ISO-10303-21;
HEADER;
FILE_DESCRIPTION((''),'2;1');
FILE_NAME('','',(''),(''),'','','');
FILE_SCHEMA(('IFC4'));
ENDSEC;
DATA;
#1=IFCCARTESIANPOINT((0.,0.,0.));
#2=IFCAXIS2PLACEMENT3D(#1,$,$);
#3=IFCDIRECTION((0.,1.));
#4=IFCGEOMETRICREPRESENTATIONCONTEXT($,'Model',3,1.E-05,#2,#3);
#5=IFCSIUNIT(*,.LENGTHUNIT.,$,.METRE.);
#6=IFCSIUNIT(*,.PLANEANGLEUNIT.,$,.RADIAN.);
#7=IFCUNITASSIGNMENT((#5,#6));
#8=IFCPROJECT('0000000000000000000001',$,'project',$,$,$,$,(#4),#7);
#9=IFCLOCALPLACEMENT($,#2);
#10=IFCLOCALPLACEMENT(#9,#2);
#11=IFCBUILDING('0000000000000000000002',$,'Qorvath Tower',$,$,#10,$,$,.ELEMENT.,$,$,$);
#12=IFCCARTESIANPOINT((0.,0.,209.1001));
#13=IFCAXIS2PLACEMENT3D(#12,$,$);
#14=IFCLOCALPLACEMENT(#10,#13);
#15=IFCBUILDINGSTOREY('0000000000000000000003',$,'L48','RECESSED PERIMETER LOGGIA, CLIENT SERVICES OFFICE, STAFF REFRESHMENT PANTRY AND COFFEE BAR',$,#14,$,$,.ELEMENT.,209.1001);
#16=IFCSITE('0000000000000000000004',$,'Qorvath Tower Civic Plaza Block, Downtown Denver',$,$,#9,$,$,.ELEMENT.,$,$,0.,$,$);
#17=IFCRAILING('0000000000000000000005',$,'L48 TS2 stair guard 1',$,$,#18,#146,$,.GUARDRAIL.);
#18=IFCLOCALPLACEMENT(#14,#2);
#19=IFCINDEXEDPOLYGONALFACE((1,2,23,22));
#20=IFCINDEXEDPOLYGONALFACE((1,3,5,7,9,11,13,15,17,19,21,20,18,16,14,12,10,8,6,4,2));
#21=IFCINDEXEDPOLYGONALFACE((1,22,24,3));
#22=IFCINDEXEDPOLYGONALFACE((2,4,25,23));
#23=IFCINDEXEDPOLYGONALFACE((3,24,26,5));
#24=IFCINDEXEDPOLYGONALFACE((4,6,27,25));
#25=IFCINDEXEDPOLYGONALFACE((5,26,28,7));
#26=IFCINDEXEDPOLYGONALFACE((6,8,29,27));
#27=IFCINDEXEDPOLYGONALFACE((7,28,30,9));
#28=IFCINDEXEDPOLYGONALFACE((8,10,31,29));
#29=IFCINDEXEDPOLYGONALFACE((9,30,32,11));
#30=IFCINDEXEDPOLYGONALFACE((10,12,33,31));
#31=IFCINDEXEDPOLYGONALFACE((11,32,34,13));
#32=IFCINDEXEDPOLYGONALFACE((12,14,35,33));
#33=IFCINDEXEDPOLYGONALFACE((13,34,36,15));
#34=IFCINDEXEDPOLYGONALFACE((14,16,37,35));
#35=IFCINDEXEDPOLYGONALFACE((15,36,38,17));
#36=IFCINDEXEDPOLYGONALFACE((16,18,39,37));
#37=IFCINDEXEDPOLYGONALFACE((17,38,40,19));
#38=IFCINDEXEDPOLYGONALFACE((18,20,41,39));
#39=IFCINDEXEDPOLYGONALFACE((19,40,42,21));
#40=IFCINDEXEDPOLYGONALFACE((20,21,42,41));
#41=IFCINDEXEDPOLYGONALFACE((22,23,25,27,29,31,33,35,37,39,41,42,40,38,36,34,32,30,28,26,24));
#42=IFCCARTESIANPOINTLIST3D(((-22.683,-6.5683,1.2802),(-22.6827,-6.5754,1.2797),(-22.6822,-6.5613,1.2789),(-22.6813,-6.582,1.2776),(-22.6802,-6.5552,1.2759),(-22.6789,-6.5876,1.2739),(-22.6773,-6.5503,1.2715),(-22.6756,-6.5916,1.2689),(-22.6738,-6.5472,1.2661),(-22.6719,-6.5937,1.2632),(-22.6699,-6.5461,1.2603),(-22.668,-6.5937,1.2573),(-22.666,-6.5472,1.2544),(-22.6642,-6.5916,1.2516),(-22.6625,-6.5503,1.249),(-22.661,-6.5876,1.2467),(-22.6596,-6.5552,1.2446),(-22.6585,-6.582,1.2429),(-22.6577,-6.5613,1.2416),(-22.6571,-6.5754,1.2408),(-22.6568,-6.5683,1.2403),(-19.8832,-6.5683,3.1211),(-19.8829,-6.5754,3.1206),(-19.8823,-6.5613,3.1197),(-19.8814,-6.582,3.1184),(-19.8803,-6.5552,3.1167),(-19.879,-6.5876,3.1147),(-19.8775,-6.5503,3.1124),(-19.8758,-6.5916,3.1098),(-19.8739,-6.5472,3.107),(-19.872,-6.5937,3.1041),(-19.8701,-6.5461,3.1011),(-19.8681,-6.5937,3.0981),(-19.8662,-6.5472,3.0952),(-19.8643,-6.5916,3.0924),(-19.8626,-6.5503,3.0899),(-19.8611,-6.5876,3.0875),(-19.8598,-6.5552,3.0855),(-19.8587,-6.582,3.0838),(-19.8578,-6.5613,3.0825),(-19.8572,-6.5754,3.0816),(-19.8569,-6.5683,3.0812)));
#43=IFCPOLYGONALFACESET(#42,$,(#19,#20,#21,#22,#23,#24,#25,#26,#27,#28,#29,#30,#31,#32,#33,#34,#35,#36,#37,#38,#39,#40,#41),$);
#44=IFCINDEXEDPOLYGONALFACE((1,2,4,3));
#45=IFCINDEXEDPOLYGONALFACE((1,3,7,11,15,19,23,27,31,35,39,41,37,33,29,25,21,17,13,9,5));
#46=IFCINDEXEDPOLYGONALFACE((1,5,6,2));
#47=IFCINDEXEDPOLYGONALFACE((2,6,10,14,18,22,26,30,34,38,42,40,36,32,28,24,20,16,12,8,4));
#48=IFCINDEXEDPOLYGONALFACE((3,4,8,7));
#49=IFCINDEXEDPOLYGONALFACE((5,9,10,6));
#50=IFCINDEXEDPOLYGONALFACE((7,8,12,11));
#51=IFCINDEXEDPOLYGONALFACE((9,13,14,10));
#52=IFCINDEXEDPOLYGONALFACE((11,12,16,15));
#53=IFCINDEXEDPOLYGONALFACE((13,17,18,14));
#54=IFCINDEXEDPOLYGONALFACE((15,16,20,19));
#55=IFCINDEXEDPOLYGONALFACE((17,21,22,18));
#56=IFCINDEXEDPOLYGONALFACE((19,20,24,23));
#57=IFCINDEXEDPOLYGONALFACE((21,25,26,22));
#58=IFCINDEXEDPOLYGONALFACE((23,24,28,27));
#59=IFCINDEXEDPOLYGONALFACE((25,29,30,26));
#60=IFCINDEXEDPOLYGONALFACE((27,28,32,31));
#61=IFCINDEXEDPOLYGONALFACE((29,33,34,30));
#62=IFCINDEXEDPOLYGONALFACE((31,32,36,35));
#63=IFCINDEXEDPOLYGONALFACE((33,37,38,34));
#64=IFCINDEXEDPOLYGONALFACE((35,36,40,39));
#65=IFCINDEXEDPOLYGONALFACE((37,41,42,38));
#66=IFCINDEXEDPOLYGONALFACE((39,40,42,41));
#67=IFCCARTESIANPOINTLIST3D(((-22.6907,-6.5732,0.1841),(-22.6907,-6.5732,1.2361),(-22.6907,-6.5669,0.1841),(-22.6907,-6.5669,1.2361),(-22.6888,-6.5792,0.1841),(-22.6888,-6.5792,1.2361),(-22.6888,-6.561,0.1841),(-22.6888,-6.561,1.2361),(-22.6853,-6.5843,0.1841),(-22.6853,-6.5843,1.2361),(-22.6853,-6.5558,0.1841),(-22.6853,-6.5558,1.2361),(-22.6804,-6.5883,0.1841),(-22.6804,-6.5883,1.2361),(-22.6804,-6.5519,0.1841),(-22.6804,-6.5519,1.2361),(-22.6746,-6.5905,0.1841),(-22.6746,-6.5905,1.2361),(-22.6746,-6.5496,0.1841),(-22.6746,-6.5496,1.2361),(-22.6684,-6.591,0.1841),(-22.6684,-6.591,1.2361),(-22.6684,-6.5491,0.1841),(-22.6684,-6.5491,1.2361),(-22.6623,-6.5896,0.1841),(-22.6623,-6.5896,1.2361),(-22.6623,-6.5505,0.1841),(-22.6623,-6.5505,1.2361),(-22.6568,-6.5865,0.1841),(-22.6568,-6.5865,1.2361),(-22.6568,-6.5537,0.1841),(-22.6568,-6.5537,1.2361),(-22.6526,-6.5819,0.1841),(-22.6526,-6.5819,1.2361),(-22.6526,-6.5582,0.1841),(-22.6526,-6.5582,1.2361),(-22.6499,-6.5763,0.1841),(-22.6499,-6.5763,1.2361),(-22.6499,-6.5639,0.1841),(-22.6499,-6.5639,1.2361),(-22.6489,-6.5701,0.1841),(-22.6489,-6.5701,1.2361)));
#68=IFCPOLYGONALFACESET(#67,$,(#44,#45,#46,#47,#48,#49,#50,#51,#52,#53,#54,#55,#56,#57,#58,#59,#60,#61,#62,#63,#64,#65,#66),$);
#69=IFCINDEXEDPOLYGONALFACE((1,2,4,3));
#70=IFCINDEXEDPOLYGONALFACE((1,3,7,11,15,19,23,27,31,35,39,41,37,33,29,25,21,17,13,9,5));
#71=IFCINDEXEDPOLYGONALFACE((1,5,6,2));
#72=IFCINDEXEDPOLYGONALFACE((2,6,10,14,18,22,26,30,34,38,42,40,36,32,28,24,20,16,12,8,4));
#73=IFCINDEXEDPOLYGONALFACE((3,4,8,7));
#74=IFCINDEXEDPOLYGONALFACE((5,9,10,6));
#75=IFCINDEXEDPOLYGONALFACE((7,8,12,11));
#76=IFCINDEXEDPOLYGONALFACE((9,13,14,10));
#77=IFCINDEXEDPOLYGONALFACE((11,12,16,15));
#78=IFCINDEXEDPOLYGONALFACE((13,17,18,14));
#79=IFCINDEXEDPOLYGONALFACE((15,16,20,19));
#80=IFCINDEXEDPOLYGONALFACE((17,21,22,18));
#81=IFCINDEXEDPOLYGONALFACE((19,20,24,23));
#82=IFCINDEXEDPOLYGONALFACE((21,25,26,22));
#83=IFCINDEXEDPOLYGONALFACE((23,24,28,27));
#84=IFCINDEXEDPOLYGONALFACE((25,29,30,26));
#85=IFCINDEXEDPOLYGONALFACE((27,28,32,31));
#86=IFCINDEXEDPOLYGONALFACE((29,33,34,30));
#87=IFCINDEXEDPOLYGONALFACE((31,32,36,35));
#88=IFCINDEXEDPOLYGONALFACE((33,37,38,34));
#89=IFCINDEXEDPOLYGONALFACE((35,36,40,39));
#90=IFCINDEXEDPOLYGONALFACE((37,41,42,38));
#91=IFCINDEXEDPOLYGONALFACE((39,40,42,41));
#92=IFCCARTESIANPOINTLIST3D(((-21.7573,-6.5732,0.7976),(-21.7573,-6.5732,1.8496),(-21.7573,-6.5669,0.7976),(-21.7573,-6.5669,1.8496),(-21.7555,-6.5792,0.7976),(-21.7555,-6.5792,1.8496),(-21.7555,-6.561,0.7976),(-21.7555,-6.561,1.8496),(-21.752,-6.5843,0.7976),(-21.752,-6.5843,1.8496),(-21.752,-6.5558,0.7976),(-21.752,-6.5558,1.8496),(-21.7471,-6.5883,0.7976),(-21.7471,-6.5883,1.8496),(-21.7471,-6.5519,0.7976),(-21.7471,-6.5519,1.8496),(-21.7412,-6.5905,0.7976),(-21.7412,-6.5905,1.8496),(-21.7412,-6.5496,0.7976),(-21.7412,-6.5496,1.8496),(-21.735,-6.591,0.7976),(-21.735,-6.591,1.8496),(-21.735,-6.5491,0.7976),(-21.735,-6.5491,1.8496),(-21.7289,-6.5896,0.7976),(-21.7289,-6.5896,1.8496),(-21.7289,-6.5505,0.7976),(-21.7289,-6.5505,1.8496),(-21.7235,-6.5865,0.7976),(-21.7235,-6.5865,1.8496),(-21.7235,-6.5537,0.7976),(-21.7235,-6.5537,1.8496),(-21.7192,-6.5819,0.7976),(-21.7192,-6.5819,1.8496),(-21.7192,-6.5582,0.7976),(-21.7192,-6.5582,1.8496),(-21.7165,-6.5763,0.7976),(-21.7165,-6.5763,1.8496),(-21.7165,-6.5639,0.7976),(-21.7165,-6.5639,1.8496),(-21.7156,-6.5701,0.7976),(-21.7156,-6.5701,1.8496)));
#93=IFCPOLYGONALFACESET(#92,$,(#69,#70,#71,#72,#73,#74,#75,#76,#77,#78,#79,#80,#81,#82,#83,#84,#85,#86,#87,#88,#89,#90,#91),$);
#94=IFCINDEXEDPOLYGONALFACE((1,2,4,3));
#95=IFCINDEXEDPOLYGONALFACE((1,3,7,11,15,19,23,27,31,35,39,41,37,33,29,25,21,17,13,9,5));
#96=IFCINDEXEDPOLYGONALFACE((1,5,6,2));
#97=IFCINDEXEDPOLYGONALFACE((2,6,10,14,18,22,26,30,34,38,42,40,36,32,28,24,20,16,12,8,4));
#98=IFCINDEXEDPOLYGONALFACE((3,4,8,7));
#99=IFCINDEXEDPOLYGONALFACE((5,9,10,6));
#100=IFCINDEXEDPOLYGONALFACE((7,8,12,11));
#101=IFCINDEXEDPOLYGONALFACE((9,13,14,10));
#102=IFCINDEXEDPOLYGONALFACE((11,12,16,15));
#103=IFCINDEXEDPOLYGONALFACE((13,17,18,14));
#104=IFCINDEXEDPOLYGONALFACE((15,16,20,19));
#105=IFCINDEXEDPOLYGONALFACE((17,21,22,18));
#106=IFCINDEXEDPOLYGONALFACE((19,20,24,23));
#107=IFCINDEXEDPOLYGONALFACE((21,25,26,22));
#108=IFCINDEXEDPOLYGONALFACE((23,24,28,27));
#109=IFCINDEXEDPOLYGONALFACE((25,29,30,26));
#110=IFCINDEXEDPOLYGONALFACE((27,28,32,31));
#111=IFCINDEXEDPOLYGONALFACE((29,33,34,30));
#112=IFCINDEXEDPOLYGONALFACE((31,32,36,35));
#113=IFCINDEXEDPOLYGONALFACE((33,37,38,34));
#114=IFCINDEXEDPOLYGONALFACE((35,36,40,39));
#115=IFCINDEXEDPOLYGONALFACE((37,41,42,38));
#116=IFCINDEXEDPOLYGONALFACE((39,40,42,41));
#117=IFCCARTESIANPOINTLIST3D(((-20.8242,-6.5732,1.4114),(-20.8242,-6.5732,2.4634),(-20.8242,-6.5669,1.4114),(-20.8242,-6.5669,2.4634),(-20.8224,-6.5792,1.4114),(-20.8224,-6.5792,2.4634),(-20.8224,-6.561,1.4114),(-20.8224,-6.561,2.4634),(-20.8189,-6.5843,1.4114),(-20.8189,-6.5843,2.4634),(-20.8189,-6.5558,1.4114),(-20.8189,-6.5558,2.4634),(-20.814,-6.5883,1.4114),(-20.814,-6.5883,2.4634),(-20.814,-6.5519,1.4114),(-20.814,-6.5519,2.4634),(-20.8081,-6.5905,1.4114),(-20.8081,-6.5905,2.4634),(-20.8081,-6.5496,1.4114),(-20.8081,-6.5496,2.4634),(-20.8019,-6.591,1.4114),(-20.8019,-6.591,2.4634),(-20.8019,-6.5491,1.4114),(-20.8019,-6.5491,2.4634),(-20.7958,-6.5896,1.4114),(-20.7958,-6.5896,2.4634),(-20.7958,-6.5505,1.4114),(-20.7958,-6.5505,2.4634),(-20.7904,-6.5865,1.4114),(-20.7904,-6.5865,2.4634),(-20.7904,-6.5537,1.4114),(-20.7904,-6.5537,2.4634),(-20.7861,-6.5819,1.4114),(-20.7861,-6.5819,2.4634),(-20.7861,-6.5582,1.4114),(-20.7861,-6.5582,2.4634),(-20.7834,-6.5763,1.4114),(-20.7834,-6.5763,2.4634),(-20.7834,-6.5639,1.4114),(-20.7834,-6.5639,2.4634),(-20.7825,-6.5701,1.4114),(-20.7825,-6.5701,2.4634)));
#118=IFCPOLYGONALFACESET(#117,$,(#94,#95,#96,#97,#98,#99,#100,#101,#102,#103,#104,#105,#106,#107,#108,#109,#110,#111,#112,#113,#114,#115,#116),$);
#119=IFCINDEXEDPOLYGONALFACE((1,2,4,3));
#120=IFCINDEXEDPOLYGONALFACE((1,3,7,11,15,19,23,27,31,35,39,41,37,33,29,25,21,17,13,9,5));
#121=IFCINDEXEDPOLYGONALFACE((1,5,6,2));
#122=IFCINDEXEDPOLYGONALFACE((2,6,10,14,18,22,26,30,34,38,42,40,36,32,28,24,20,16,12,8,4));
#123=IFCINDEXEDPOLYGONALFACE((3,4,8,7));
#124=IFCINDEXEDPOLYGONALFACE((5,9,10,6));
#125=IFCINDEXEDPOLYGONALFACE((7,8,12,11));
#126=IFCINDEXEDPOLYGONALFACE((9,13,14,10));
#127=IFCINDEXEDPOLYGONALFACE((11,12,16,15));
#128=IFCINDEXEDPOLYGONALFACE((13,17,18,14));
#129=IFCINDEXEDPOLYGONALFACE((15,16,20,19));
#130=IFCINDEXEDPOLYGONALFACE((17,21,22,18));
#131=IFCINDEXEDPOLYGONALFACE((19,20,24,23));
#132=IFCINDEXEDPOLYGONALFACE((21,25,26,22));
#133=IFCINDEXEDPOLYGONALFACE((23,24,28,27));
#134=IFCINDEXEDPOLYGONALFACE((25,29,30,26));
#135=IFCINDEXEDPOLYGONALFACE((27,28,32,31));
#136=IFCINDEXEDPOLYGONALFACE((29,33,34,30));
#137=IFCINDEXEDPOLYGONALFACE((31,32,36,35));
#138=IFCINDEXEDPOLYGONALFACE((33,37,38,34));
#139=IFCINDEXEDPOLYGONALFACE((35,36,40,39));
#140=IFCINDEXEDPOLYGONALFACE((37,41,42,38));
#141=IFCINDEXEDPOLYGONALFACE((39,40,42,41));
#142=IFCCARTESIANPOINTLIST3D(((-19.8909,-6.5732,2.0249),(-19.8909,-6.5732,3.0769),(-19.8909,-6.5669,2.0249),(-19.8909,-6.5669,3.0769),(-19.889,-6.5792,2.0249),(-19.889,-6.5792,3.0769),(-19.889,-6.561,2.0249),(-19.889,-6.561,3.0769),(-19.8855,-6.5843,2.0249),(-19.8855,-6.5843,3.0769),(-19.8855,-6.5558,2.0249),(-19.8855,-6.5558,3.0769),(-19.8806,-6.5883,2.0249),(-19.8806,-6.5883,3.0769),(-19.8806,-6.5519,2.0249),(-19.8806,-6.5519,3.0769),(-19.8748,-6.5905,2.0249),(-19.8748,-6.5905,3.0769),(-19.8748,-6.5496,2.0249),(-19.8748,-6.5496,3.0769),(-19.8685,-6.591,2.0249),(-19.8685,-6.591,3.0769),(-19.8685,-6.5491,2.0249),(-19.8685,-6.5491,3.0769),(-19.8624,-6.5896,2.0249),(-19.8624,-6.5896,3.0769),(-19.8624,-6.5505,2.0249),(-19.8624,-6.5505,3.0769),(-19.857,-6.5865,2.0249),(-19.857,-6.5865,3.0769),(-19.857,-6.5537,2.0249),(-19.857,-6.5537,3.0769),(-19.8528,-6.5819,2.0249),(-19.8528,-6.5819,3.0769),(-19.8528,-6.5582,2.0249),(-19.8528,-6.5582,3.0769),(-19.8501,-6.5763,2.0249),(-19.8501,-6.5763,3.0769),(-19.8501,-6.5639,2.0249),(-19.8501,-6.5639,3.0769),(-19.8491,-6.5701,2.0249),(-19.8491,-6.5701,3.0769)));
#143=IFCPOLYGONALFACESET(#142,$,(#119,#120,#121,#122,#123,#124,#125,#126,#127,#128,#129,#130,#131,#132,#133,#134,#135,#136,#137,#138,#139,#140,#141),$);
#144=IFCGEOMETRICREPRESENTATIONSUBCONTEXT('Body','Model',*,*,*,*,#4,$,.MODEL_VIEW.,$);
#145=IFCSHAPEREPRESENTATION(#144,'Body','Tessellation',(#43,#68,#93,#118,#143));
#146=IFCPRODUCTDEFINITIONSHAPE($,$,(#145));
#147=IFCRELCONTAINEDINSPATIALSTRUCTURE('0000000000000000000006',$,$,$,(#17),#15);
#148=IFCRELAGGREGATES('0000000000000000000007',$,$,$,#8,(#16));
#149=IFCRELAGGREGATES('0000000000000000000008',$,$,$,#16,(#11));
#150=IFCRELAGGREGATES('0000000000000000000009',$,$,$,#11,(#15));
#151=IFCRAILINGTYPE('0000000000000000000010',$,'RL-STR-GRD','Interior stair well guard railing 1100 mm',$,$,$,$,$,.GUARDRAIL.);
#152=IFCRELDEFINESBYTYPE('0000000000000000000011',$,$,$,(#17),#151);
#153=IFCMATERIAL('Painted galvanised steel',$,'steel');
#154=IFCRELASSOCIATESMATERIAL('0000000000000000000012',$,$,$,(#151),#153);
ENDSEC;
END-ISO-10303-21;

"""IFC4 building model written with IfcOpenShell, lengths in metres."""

from ifc_helpers import new_model, si_unit, direction, frame, origin, origin_2d, place, context, subcontext, project, spatial, circle, extrude, material, type_object, element, save


model = new_model("IFC4")

# Units and contexts
model_context = context("Model", 3, precision=1e-05, world=origin(), true_north=direction((0.0, 1.0)))
body_context = subcontext(model_context, "Body", "Model", "MODEL_VIEW")
ifc_project = project(units=[si_unit("LENGTHUNIT", "METRE"), si_unit("PLANEANGLEUNIT", "RADIAN")], contexts=[model_context])

# Site, building, storey
site_placement = place(None, origin())
site = spatial("IfcSite", under=ifc_project, at=site_placement, Name="Qorvath Tower Civic Plaza Block, Downtown Denver", CompositionType="ELEMENT", RefElevation=0.0)
building_placement = place(site_placement, origin())
building = spatial("IfcBuilding", under=site, at=building_placement, Name="Qorvath Tower", CompositionType="ELEMENT")
storey_placement = place(building_placement, frame((0.0, 0.0, 209.1001)))
storey = spatial("IfcBuildingStorey", under=building, at=storey_placement, Name="L48", Description="RECESSED PERIMETER LOGGIA, CLIENT SERVICES OFFICE, STAFF REFRESHMENT PANTRY AND COFFEE BAR", CompositionType="ELEMENT", Elevation=209.1001)

# Railing
ifc_material_1 = material(Name="Painted galvanised steel", Category="steel")
railing_type_1 = type_object("IfcRailingType", Name="RL-STR-GRD", Description="Interior stair well guard railing 1100 mm", PredefinedType="GUARDRAIL", material=ifc_material_1)
railing_1_placement = place(storey_placement, frame((-22.6699, -6.5701, 0.1841)))
element("IfcRailing", 1, at=railing_1_placement, inside=storey, type_object=railing_type_1, Name="L48 TS2 stair guard 1", PredefinedType="GUARDRAIL", context=body_context, shape_type="SweptSolid", body=[
    extrude(circle(Radius=0.0239, at=origin_2d()), frame((0.0, 0.0, 1.0762), z_axis=(0.835576, 0.0, 0.549376), x_axis=(0.0, 1.0, 0.0)), (0.0, 0.0, 1.0), 3.3508),
    extrude(circle(Radius=0.021, at=origin_2d()), origin(), (0.0, 0.0, 1.0), 1.052),
    extrude(circle(Radius=0.021, at=origin_2d()), frame((0.9333, 0.0, 0.6135)), (0.0, 0.0, 1.0), 1.052),
    extrude(circle(Radius=0.021, at=origin_2d()), frame((1.8665, 0.0, 1.2273)), (0.0, 0.0, 1.0), 1.052),
    extrude(circle(Radius=0.021, at=origin_2d()), frame((2.7998, 0.0, 1.8408)), (0.0, 0.0, 1.0), 1.052),
])

save(model, "model.ifc")
